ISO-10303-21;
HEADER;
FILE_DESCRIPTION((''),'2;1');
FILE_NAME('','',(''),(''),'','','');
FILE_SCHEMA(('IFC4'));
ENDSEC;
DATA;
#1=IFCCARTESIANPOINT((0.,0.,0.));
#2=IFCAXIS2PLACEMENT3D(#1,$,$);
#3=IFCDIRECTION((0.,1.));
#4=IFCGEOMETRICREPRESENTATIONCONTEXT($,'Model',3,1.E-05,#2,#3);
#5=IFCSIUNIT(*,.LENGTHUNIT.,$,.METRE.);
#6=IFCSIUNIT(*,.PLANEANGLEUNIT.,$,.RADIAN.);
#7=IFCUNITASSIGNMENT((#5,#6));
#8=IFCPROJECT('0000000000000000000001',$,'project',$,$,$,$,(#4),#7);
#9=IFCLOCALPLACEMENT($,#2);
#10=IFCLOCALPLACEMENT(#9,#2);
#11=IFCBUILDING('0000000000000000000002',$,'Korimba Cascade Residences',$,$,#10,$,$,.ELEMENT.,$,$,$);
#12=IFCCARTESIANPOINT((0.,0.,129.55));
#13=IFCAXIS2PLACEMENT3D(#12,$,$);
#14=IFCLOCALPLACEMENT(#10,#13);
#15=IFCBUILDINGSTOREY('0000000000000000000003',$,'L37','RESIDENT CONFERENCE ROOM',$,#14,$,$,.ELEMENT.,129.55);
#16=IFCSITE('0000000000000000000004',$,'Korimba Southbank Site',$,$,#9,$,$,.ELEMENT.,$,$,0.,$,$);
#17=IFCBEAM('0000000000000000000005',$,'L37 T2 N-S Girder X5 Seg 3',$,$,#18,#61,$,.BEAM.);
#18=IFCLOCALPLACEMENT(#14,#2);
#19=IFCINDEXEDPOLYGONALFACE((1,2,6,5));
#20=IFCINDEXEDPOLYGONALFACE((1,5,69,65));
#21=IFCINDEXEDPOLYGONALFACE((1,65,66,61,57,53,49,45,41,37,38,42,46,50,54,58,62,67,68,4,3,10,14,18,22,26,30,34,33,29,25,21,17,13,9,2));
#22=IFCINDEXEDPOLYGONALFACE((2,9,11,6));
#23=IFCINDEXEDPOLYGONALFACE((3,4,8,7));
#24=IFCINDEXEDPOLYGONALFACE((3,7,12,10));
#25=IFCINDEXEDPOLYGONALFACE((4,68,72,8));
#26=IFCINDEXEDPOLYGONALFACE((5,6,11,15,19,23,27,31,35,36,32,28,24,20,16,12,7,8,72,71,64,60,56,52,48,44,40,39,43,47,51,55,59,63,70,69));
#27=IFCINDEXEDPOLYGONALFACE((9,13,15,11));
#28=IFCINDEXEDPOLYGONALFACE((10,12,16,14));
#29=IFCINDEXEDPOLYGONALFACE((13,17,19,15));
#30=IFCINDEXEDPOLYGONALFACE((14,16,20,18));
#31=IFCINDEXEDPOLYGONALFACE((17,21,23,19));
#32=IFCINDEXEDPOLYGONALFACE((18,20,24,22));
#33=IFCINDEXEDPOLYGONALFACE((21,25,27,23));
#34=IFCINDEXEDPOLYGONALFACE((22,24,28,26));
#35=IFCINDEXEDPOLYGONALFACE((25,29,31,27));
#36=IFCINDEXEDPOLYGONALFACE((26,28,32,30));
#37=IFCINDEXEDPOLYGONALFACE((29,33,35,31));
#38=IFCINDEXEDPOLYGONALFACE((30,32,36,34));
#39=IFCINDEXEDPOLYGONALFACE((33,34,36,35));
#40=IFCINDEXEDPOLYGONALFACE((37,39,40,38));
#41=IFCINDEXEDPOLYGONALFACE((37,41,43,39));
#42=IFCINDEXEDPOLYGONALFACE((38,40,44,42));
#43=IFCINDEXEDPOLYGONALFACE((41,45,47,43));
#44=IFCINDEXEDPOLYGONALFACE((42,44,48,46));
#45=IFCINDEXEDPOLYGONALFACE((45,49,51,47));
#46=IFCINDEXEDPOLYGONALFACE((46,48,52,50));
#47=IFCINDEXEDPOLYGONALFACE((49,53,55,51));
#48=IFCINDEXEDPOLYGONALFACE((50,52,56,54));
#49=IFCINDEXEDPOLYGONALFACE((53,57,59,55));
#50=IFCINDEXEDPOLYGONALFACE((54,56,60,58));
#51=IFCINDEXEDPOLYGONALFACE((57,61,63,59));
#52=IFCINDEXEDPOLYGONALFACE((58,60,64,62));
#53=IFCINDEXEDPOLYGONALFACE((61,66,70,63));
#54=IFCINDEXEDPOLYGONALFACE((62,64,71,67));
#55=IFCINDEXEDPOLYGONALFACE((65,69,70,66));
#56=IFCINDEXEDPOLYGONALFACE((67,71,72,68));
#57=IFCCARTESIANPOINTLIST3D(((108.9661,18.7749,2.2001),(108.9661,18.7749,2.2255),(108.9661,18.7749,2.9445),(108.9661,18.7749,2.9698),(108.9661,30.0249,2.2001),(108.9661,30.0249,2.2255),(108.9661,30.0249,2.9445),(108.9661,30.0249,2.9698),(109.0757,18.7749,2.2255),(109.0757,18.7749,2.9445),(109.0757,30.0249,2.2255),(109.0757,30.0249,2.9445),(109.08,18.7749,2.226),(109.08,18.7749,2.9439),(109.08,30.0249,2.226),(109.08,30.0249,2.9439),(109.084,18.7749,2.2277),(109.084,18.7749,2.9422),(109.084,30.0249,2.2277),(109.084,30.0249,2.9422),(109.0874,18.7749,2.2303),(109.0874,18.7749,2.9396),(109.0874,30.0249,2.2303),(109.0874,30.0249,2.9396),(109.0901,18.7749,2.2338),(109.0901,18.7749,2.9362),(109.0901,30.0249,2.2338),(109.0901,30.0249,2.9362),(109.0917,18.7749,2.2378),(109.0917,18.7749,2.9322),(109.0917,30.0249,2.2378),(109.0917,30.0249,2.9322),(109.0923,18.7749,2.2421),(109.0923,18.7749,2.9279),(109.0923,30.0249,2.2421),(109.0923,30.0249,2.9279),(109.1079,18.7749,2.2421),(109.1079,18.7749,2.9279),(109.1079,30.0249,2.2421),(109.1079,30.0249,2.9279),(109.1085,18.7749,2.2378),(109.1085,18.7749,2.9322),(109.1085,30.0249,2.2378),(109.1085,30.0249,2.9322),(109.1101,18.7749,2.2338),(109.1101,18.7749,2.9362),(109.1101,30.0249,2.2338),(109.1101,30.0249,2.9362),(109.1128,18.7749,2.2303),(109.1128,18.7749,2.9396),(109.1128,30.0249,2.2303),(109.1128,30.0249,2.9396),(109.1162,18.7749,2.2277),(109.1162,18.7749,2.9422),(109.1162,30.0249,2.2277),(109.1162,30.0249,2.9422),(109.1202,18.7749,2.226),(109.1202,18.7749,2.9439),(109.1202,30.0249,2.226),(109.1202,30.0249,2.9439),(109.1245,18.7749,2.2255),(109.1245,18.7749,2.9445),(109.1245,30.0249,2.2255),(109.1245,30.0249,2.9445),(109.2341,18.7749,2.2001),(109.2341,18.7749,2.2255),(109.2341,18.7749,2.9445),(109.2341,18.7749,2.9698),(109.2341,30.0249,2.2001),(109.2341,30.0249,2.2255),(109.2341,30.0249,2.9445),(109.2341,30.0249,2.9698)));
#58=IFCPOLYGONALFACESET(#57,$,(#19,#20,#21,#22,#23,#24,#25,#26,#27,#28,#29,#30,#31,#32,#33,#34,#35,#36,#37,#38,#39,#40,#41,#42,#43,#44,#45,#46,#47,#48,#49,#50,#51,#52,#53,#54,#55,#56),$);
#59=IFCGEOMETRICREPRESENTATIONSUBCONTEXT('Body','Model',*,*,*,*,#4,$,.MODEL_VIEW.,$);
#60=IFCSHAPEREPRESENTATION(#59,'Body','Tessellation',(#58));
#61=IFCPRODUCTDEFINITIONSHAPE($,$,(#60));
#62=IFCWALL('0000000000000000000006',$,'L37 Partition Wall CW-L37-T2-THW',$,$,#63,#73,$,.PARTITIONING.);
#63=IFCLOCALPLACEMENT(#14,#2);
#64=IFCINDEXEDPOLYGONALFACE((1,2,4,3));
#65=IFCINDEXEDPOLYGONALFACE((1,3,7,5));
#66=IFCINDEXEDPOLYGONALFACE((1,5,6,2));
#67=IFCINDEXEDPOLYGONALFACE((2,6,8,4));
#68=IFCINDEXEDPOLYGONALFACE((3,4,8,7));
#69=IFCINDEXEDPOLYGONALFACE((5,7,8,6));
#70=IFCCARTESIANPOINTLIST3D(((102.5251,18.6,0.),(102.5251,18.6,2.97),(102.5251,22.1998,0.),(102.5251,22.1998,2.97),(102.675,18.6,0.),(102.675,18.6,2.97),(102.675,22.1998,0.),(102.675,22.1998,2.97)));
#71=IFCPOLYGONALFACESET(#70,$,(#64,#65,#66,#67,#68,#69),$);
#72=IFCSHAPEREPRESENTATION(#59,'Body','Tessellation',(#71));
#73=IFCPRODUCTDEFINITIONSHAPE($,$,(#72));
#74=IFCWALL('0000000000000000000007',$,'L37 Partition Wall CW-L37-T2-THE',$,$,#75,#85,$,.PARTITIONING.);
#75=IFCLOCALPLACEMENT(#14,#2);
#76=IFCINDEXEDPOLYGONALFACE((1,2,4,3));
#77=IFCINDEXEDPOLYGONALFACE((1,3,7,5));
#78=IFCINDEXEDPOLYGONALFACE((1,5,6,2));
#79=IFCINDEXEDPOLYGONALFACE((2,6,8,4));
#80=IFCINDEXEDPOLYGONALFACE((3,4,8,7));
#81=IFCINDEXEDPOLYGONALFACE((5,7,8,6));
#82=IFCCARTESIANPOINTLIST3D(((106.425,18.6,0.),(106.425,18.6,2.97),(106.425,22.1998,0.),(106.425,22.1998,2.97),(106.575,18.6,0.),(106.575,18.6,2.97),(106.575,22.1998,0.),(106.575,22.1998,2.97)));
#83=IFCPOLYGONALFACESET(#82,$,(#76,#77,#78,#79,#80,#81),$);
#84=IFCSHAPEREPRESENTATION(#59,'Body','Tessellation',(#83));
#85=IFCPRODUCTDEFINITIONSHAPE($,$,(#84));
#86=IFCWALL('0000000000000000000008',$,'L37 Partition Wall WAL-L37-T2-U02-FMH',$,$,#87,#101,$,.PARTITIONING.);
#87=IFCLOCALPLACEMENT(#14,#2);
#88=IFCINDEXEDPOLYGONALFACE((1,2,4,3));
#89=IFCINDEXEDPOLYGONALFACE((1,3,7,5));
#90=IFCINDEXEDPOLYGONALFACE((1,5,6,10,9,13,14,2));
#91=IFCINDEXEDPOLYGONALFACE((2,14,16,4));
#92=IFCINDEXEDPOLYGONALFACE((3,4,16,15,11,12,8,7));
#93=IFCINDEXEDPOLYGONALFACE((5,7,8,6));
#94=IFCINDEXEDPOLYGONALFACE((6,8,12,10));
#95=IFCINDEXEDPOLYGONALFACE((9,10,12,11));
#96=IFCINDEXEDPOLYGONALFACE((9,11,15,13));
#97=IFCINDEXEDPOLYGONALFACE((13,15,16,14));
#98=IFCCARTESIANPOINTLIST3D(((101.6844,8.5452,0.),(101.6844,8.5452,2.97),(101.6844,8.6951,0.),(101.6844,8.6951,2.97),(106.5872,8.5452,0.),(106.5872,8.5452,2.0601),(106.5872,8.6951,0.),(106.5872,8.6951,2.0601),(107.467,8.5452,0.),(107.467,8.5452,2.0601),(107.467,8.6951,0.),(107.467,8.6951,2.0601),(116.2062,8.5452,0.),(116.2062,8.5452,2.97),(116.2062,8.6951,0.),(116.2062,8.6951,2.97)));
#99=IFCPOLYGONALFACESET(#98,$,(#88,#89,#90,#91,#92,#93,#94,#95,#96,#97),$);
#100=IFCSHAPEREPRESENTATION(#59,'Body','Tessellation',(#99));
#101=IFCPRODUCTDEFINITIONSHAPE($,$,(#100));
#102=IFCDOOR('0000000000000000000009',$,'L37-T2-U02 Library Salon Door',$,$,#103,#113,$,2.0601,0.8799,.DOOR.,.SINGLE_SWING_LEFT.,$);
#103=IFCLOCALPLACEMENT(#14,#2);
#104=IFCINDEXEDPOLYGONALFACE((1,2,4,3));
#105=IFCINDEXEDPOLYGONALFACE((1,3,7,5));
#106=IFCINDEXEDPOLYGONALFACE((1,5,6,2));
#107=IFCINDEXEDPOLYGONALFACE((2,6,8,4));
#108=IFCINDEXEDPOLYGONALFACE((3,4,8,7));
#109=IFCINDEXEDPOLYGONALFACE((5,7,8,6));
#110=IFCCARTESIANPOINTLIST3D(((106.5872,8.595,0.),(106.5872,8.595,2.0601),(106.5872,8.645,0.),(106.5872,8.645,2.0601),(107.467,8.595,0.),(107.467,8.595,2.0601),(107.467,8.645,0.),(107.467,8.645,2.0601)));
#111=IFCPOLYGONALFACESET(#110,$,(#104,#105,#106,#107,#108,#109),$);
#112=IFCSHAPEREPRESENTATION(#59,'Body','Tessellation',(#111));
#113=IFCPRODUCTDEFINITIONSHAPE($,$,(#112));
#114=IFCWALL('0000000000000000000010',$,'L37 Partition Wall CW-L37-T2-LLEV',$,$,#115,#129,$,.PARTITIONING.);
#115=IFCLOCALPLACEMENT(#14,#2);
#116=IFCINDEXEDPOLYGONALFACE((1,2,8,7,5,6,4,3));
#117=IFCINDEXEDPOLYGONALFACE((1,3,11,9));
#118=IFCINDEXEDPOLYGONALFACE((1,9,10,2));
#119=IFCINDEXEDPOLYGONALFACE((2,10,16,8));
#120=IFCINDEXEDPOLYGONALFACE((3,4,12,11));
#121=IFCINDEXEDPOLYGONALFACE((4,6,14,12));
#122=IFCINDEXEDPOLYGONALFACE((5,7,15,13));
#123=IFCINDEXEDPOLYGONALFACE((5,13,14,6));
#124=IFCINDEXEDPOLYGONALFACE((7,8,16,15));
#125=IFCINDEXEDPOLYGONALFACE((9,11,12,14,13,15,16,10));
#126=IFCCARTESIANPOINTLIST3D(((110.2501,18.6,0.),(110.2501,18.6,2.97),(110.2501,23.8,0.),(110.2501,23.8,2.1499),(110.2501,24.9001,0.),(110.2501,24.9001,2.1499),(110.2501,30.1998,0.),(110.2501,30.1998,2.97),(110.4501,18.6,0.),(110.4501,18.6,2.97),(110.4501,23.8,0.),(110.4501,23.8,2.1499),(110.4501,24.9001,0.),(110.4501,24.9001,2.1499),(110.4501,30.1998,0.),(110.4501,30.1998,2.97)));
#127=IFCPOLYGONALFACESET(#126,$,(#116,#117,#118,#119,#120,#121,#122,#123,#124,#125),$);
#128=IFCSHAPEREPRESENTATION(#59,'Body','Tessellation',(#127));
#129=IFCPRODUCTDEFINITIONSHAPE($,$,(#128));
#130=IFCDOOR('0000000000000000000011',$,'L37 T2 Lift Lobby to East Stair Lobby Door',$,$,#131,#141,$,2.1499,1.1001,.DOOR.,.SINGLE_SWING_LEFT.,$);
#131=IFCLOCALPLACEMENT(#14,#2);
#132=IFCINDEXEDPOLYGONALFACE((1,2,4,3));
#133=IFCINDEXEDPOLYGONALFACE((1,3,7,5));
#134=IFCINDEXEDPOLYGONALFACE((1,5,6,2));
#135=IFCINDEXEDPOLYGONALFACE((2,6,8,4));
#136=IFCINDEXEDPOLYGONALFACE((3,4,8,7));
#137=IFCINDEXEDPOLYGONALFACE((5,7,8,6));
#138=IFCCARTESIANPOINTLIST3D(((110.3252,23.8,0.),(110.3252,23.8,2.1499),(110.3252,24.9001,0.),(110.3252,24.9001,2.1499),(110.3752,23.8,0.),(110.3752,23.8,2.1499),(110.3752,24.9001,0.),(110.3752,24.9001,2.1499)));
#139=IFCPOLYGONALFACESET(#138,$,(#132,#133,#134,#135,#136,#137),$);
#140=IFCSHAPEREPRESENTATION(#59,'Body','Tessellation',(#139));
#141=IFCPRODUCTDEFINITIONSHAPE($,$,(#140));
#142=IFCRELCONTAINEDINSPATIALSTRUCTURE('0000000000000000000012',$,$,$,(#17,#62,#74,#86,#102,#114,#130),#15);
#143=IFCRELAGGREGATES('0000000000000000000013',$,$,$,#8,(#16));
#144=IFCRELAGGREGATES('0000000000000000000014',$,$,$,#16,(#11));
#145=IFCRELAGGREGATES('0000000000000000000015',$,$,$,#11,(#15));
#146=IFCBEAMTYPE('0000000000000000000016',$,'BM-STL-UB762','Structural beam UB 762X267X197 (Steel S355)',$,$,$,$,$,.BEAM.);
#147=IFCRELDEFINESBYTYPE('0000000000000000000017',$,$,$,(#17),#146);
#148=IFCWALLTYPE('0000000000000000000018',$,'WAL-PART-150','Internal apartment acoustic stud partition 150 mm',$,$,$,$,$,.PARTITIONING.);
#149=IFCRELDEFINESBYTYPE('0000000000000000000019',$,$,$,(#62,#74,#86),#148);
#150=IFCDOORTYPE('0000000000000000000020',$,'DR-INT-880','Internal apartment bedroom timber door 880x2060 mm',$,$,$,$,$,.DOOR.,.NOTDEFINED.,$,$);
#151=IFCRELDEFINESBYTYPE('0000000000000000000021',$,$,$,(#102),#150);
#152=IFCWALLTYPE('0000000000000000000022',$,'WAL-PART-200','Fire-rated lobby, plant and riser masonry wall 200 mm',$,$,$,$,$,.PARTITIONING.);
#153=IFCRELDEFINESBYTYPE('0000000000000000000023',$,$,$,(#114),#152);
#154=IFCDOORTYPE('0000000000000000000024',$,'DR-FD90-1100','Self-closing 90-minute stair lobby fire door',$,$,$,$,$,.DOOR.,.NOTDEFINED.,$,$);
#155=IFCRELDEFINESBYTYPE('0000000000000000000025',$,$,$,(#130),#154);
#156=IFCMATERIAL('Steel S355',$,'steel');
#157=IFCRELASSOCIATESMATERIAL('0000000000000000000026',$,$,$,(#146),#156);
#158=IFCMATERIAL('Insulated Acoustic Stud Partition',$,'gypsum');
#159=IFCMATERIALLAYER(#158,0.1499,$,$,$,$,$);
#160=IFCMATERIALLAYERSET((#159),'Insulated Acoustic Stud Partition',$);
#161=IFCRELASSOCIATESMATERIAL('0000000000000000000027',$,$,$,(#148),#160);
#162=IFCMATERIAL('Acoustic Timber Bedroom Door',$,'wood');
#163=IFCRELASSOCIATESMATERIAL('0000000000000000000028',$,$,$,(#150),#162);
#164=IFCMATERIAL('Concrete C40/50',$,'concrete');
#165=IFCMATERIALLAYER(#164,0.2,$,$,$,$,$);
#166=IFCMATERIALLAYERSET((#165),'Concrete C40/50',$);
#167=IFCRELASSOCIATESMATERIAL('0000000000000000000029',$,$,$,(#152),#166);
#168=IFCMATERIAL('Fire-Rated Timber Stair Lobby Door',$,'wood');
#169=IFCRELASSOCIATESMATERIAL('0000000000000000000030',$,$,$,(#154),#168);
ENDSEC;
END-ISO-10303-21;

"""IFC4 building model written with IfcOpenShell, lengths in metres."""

from ifc_helpers import new_model, si_unit, direction, frame, frame_2d, origin, origin_2d, place, context, subcontext, project, spatial, rectangle, i_section, extrude, material, layer, layer_set, material_profile, profile_set, type_object, element, fill, save


model = new_model("IFC4")

# Units and contexts
model_context = context("Model", 3, precision=1e-05, world=origin(), true_north=direction((0.0, 1.0)))
body_context = subcontext(model_context, "Body", "Model", "MODEL_VIEW")
ifc_project = project(units=[si_unit("LENGTHUNIT", "METRE"), si_unit("PLANEANGLEUNIT", "RADIAN")], contexts=[model_context])

# Site, building, storey
site_placement = place(None, origin())
site = spatial("IfcSite", under=ifc_project, at=site_placement, Name="Korimba Southbank Site", CompositionType="ELEMENT", RefElevation=0.0)
building_placement = place(site_placement, origin())
building = spatial("IfcBuilding", under=site, at=building_placement, Name="Korimba Cascade Residences", CompositionType="ELEMENT")
storey_placement = place(building_placement, frame((0.0, 0.0, 129.55)))
storey = spatial("IfcBuildingStorey", under=building, at=storey_placement, Name="L37", Description="RESIDENT CONFERENCE ROOM", CompositionType="ELEMENT", Elevation=129.55)

# Beam
ifc_material_1 = material(Name="Steel S355", Category="steel")
ifc_material_profile_1 = material_profile(ifc_material_1, i_section(OverallWidth=0.2681, OverallDepth=0.7698, WebThickness=0.0156, FlangeThickness=0.0254, FilletRadius=0.0166, at=origin_2d()), Name="Steel S355")
ifc_profile_set_1 = profile_set([ifc_material_profile_1], Name="Steel S355")
beam_type = type_object("IfcBeamType", Name="BM-STL-UB762", Description="Structural beam UB 762X267X197 (Steel S355)", PredefinedType="BEAM", material=ifc_profile_set_1)
beam_1_placement = place(storey_placement, frame((109.1001, 18.7749, 2.585), z_axis=(0.0, 1.0, 0.0), x_axis=(-1.0, 0.0, 0.0)))
element("IfcBeam", 1, at=beam_1_placement, inside=storey, type_object=beam_type, Name="L37 T2 N-S Girder X5 Seg 3", PredefinedType="BEAM", context=body_context, shape_type="SweptSolid", body=[
    extrude(i_section(OverallWidth=0.2681, OverallDepth=0.7698, WebThickness=0.0156, FlangeThickness=0.0254, FilletRadius=0.0166, at=origin_2d()), origin(), (0.0, 0.0, 1.0), 11.25),
])

# Walls
ifc_material_2 = material(Name="Insulated Acoustic Stud Partition", Category="gypsum")
ifc_layer_1 = layer(ifc_material_2, 0.1499)
ifc_layer_set_1 = layer_set([ifc_layer_1], Name="Insulated Acoustic Stud Partition")
wall_type_1 = type_object("IfcWallType", Name="WAL-PART-150", Description="Internal apartment acoustic stud partition 150 mm", PredefinedType="PARTITIONING", material=ifc_layer_set_1)
for number, where, z_axis, x_axis, name in (
    (2, (102.6001, 18.6001, 0.0), (0.0, 0.0, 1.0), (0.0, 1.0, 0.0), "L37 Partition Wall CW-L37-T2-THW"),
    (3, (106.5, 18.6001, 0.0), (0.0, 0.0, 1.0), (0.0, 1.0, 0.0), "L37 Partition Wall CW-L37-T2-THE"),
):
    element("IfcWall", number, at=place(storey_placement, frame(where, z_axis=z_axis, x_axis=x_axis)), inside=storey, type_object=wall_type_1, Name=name, PredefinedType="PARTITIONING", context=body_context, shape_type="SweptSolid", body=[
        extrude(rectangle(XDim=3.5999, YDim=0.1499, at=frame_2d((1.7998, 0.0))), origin(), (0.0, 0.0, 1.0), 2.97),
    ])

# Walls, openings, doors
wall_1_placement = place(storey_placement, frame((101.6846, 8.6201, 0.0), z_axis=(0.0, 0.0, 1.0), x_axis=(1.0, 0.0, 0.0)))
wall_1 = element("IfcWall", 4, at=wall_1_placement, inside=storey, type_object=wall_type_1, Name="L37 Partition Wall WAL-L37-T2-U02-FMH", PredefinedType="PARTITIONING", context=body_context, shape_type="SweptSolid", body=[
    extrude(rectangle(XDim=14.5217, YDim=0.1499, at=frame_2d((7.2607, 0.0))), origin(), (0.0, 0.0, 1.0), 2.97),
])
opening_1_placement = place(wall_1_placement, frame((4.9026, 0.0, 0.0)))
opening_1 = element("IfcOpeningElement", 5, at=opening_1_placement, cuts=wall_1, PredefinedType="OPENING", context=body_context, shape_type="SweptSolid", body=[
    extrude(rectangle(XDim=0.8799, YDim=2.0601, at=frame_2d((0.4399, 1.03))), frame((0.0, 0.085, 0.0), z_axis=(0.0, -1.0, 0.0), x_axis=(1.0, 0.0, 0.0)), (0.0, 0.0, 1.0), 0.1699),
])
ifc_material_3 = material(Name="Acoustic Timber Bedroom Door", Category="wood")
door_type_1 = type_object("IfcDoorType", Name="DR-INT-880", Description="Internal apartment bedroom timber door 880x2060 mm", OperationType="NOTDEFINED", PredefinedType="DOOR", material=ifc_material_3)
door_1_placement = place(opening_1_placement, origin())
door_1 = element("IfcDoor", 6, at=door_1_placement, inside=storey, type_object=door_type_1, Name="L37-T2-U02 Library Salon Door", OperationType="SINGLE_SWING_LEFT", OverallHeight=2.0601, OverallWidth=0.8799, PredefinedType="DOOR", context=body_context, shape_type="SweptSolid", body=[
    extrude(rectangle(XDim=0.8799, YDim=2.0601, at=frame_2d((0.4399, 1.03))), frame((0.0, 0.0249, 0.0), z_axis=(0.0, -1.0, 0.0), x_axis=(1.0, 0.0, 0.0)), (0.0, 0.0, 1.0), 0.05),
])
fill(opening_1, door_1)
ifc_material_4 = material(Name="Concrete C40/50", Category="concrete")
ifc_layer_2 = layer(ifc_material_4, 0.2)
ifc_layer_set_2 = layer_set([ifc_layer_2], Name="Concrete C40/50")
wall_type_2 = type_object("IfcWallType", Name="WAL-PART-200", Description="Fire-rated lobby, plant and riser masonry wall 200 mm", PredefinedType="PARTITIONING", material=ifc_layer_set_2)
wall_2_placement = place(storey_placement, frame((110.3501, 18.6001, 0.0), z_axis=(0.0, 0.0, 1.0), x_axis=(0.0, 1.0, 0.0)))
wall_2 = element("IfcWall", 7, at=wall_2_placement, inside=storey, type_object=wall_type_2, Name="L37 Partition Wall CW-L37-T2-LLEV", PredefinedType="PARTITIONING", context=body_context, shape_type="SweptSolid", body=[
    extrude(rectangle(XDim=11.5999, YDim=0.2, at=frame_2d((5.7998, 0.0))), origin(), (0.0, 0.0, 1.0), 2.97),
])
opening_2_placement = place(wall_2_placement, frame((5.2, 0.0, 0.0)))
opening_2 = element("IfcOpeningElement", 8, at=opening_2_placement, cuts=wall_2, PredefinedType="OPENING", context=body_context, shape_type="SweptSolid", body=[
    extrude(rectangle(XDim=1.1001, YDim=2.1499, at=frame_2d((0.55, 1.075))), frame((0.0, 0.1099, 0.0), z_axis=(0.0, -1.0, 0.0), x_axis=(1.0, 0.0, 0.0)), (0.0, 0.0, 1.0), 0.22),
])
ifc_material_5 = material(Name="Fire-Rated Timber Stair Lobby Door", Category="wood")
door_type_2 = type_object("IfcDoorType", Name="DR-FD90-1100", Description="Self-closing 90-minute stair lobby fire door", OperationType="NOTDEFINED", PredefinedType="DOOR", material=ifc_material_5)
door_2_placement = place(opening_2_placement, origin())
door_2 = element("IfcDoor", 9, at=door_2_placement, inside=storey, type_object=door_type_2, Name="L37 T2 Lift Lobby to East Stair Lobby Door", OperationType="SINGLE_SWING_LEFT", OverallHeight=2.1499, OverallWidth=1.1001, PredefinedType="DOOR", context=body_context, shape_type="SweptSolid", body=[
    extrude(rectangle(XDim=1.1001, YDim=2.1499, at=frame_2d((0.55, 1.075))), frame((0.0, 0.0249, 0.0), z_axis=(0.0, -1.0, 0.0), x_axis=(1.0, 0.0, 0.0)), (0.0, 0.0, 1.0), 0.05),
])
fill(opening_2, door_2)

save(model, "model.ifc")
